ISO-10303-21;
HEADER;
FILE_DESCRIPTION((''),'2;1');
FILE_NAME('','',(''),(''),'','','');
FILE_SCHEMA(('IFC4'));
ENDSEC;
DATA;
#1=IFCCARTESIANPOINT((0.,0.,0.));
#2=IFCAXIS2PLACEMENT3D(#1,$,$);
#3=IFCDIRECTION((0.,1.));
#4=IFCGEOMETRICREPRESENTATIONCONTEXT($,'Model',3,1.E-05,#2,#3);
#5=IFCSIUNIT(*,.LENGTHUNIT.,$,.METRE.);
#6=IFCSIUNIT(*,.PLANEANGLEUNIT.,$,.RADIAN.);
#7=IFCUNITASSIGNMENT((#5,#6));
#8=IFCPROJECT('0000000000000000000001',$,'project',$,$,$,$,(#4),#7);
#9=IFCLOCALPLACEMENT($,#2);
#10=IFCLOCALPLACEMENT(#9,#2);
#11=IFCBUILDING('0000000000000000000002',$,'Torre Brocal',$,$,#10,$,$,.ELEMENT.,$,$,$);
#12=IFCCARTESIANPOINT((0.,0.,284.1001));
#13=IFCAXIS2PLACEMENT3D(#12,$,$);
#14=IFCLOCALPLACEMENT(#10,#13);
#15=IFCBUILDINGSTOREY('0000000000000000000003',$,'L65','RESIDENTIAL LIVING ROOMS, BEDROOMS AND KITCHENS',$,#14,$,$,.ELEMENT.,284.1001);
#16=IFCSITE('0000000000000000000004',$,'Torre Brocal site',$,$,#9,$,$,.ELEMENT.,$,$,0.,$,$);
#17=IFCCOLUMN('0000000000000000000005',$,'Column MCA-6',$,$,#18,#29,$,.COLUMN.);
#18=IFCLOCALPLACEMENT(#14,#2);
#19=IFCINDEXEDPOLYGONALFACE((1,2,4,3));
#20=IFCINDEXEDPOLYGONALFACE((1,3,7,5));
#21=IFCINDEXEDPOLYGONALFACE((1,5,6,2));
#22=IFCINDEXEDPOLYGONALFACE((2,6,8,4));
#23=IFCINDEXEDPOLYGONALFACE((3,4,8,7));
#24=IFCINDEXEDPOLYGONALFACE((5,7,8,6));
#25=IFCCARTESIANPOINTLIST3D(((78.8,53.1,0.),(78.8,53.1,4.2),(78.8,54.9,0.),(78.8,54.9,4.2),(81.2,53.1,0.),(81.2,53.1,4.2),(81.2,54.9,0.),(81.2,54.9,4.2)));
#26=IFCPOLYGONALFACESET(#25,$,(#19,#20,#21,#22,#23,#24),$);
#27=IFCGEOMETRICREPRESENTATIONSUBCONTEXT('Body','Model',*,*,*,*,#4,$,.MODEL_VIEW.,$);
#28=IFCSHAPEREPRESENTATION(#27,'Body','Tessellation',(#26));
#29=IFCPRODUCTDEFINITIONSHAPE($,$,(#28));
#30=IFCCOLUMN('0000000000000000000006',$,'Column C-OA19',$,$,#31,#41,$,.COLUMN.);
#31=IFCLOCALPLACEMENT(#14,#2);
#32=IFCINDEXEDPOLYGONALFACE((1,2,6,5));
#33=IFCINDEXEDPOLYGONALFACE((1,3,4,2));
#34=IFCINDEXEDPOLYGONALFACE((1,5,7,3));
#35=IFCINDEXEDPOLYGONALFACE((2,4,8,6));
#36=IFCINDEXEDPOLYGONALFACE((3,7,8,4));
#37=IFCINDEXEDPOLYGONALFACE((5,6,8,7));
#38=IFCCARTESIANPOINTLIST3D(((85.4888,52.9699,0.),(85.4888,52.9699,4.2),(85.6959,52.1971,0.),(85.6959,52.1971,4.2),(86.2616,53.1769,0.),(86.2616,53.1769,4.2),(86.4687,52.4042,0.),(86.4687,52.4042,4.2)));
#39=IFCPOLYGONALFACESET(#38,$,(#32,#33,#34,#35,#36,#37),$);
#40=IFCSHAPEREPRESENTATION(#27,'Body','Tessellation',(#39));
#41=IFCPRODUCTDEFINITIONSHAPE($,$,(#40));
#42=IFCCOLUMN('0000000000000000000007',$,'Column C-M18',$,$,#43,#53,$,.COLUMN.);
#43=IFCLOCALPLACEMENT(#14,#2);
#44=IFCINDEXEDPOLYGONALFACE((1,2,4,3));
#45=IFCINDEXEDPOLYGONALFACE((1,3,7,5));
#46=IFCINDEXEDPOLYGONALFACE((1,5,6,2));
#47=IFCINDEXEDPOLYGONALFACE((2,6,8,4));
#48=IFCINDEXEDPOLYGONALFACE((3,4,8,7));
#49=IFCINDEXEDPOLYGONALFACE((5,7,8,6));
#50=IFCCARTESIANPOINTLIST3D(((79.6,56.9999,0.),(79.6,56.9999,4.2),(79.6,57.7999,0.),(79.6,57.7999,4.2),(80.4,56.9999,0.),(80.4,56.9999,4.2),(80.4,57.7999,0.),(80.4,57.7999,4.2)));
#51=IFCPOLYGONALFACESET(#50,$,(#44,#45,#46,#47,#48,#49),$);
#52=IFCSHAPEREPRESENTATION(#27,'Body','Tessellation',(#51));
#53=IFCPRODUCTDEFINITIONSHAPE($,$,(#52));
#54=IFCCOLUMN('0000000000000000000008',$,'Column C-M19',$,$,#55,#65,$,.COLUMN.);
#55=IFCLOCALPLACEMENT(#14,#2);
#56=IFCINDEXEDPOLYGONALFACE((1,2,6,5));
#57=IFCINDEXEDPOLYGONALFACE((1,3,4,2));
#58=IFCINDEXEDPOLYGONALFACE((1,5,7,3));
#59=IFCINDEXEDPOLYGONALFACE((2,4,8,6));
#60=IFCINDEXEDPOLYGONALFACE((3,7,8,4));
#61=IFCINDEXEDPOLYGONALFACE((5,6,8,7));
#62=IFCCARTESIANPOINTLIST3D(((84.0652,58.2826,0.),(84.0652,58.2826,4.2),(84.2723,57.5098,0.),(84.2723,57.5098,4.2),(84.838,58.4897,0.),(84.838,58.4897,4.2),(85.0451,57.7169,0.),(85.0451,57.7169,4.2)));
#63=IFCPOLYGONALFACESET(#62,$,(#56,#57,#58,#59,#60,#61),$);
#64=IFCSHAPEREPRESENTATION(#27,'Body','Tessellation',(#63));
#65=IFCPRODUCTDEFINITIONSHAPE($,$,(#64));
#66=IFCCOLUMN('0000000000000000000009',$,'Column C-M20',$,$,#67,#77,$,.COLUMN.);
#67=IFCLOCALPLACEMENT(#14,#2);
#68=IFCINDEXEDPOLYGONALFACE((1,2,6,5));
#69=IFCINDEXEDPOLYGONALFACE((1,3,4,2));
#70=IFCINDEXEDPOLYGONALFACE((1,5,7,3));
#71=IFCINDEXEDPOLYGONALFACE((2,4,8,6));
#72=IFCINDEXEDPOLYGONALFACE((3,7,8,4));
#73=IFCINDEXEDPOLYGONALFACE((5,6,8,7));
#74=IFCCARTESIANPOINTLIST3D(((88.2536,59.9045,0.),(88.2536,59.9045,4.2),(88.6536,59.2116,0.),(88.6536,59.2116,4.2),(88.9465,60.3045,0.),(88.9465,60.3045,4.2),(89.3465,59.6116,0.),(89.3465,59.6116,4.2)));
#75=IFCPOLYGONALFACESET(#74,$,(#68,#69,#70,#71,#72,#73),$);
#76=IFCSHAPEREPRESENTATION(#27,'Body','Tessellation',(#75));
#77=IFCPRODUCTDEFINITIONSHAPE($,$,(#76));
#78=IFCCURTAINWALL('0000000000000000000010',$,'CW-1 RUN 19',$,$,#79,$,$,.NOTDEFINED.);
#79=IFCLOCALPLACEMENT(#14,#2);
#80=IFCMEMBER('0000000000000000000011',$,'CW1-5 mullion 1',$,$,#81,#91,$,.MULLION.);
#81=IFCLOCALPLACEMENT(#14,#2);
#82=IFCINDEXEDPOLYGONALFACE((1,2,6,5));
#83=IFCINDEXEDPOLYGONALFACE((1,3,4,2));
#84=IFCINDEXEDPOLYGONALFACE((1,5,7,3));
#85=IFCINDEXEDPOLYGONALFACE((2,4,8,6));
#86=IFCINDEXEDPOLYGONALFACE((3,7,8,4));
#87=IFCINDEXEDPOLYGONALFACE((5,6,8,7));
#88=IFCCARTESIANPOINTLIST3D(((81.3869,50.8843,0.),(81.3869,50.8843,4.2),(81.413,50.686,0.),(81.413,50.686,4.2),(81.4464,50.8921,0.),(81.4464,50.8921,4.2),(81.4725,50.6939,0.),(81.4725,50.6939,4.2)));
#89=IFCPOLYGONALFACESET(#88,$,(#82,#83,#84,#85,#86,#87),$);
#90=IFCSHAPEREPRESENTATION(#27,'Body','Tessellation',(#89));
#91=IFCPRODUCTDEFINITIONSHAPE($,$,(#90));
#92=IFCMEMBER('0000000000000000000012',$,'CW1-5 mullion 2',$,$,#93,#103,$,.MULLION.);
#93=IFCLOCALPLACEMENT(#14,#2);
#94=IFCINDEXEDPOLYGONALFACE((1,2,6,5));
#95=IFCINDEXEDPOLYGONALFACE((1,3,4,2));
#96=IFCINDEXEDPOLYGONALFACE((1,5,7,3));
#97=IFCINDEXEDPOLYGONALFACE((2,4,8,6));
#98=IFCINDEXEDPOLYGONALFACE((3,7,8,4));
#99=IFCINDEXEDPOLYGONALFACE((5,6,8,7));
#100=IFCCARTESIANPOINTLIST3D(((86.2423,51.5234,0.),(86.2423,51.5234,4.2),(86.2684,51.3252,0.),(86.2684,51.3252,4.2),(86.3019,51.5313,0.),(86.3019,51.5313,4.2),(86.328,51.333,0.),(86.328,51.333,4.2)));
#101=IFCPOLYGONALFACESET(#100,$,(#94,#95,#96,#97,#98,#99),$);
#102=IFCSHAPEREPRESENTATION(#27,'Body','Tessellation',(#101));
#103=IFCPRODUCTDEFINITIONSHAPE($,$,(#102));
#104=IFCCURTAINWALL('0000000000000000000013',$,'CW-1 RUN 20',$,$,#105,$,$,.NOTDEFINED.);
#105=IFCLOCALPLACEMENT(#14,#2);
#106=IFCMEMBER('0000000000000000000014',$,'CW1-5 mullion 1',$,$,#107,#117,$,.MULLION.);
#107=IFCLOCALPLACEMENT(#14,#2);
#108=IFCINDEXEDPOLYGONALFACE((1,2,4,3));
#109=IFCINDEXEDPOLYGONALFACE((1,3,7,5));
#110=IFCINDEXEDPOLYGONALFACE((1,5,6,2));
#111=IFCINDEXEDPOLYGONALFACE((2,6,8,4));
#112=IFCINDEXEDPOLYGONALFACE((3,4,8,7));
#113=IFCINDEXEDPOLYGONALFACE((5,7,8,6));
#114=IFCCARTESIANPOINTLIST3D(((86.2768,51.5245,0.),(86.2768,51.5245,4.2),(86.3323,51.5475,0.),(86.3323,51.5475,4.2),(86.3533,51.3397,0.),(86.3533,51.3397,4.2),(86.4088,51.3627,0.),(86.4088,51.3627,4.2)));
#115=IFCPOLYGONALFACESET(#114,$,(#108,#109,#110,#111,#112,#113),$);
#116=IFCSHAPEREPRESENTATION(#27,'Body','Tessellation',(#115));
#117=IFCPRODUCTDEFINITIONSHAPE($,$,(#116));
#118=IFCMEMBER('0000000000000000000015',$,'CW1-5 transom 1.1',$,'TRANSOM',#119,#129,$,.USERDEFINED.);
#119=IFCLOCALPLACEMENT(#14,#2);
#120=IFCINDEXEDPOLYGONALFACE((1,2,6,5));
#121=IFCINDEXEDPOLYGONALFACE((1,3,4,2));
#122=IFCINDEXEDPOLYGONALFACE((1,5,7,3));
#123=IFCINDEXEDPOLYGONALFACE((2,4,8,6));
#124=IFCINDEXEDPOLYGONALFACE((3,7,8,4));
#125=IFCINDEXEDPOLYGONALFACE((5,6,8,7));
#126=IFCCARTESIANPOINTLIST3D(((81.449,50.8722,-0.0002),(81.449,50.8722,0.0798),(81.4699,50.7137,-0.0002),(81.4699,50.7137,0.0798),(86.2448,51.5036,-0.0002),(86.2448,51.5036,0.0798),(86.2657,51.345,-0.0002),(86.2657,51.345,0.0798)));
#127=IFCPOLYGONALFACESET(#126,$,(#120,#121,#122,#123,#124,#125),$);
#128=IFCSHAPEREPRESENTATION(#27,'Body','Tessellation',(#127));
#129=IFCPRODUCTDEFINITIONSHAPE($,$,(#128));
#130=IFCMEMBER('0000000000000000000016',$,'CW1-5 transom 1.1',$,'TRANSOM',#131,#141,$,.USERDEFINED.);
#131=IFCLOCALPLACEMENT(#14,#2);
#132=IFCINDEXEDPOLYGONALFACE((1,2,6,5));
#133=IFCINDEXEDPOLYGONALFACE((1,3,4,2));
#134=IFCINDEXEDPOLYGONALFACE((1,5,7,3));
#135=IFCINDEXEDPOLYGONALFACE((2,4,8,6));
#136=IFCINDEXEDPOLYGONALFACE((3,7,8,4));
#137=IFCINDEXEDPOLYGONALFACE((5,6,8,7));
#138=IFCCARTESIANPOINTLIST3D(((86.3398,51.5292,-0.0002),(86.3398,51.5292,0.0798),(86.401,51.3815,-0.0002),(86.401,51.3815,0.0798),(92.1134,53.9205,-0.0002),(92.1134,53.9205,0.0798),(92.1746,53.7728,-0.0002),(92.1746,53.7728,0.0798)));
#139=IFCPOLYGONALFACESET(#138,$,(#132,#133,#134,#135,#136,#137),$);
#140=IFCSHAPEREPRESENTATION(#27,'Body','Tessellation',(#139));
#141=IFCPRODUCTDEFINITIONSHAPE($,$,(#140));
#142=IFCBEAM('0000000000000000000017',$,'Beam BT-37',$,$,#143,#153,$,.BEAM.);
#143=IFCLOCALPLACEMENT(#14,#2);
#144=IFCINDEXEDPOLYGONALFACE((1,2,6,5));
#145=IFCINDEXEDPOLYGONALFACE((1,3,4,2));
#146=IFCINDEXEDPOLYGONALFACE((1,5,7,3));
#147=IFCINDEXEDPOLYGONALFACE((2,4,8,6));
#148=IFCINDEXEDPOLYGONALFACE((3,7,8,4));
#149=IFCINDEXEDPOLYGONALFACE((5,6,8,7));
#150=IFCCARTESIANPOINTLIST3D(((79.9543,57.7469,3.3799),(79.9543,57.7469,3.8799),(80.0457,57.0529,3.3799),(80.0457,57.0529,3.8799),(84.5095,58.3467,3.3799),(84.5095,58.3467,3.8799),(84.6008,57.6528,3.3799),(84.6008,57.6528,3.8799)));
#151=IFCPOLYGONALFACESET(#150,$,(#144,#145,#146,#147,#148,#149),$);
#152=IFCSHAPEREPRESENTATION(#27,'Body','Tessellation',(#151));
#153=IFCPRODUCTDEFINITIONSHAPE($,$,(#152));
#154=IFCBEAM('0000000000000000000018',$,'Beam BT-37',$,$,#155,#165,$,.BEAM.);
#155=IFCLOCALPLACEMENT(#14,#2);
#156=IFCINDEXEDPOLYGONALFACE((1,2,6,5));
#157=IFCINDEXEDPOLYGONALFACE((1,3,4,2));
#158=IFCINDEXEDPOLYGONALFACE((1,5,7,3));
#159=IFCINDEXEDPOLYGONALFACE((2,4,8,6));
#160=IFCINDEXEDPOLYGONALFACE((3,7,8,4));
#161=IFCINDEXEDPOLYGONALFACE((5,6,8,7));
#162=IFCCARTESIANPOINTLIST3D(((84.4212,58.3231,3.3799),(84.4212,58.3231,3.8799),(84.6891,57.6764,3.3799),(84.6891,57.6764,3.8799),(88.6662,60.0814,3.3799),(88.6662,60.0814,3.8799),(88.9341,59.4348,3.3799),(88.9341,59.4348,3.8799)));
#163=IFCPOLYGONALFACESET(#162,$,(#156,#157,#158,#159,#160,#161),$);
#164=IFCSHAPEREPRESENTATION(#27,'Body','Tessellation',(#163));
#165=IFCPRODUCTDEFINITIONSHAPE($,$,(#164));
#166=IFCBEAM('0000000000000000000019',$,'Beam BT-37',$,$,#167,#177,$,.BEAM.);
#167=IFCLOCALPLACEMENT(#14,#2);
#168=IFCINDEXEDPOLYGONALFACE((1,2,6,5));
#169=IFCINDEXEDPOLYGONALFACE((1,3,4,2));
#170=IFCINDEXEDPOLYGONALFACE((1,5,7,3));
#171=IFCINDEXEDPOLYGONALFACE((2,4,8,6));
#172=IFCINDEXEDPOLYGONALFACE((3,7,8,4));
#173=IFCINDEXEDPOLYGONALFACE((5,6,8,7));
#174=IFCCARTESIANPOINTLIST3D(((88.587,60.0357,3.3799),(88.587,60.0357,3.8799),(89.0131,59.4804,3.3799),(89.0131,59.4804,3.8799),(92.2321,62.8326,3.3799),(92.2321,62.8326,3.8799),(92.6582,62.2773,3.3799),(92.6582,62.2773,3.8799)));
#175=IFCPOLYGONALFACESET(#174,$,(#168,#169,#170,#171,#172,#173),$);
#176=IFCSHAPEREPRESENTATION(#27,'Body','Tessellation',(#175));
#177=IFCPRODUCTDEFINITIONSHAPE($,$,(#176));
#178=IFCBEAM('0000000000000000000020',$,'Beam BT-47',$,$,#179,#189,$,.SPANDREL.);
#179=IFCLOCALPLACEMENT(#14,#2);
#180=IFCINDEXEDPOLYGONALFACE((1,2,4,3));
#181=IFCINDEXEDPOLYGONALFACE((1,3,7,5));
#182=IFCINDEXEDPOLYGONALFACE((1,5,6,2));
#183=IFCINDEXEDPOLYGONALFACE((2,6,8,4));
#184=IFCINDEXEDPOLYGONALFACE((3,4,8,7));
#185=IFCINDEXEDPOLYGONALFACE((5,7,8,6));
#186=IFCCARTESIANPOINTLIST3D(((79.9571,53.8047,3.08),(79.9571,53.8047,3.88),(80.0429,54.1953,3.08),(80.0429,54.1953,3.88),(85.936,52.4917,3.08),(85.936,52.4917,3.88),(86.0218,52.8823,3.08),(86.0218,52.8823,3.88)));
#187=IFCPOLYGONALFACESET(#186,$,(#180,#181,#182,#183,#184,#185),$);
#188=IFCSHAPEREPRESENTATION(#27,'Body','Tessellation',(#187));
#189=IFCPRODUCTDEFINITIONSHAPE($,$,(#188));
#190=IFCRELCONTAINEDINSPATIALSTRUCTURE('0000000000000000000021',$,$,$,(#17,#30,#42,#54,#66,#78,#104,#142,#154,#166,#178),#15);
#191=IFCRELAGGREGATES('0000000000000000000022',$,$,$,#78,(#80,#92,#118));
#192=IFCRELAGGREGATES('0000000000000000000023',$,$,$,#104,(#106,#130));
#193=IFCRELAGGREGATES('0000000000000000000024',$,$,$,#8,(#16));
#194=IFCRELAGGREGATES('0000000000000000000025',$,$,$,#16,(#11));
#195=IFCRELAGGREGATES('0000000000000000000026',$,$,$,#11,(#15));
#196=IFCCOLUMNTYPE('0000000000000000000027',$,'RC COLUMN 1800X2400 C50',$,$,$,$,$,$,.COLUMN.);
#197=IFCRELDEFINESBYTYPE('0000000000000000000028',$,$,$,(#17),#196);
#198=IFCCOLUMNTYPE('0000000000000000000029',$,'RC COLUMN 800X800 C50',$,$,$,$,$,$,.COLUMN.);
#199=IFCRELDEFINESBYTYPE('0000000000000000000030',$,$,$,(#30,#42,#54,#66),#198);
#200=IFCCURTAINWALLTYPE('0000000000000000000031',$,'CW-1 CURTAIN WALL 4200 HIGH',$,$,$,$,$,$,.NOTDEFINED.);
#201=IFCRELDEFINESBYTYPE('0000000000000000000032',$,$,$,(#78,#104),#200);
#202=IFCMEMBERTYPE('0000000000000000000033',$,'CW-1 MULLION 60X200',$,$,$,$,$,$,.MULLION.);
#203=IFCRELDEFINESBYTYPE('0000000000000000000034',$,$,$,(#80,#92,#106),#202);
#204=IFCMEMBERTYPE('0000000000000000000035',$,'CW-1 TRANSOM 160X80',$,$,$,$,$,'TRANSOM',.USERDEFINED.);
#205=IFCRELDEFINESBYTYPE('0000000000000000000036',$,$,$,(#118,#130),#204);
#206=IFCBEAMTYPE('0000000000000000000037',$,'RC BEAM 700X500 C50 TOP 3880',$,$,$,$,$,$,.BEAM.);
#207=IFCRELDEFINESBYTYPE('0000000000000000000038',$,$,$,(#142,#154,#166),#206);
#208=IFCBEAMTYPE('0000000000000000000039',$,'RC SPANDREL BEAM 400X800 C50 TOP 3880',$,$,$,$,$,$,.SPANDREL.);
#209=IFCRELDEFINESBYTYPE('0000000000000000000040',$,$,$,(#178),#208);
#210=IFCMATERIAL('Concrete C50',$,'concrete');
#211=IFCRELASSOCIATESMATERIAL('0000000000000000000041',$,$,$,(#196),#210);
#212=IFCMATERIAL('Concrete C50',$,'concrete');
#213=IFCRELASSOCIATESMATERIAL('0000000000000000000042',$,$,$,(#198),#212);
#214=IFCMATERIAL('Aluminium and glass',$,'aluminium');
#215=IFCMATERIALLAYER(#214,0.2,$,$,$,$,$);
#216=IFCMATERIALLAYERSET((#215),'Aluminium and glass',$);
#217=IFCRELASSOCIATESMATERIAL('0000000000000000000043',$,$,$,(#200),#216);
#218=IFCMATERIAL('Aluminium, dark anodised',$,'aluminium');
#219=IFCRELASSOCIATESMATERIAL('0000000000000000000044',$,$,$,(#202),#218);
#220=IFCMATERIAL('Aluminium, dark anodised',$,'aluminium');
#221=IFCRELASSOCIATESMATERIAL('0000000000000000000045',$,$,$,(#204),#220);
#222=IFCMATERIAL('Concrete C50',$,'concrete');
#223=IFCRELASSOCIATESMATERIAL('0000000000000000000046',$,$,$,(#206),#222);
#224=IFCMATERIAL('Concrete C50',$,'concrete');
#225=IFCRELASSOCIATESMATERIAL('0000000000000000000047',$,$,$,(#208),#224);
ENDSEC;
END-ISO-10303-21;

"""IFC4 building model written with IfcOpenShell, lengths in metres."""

from ifc_helpers import new_model, si_unit, direction, frame, origin, origin_2d, place, context, subcontext, project, spatial, rectangle, extrude, material, layer, layer_set, material_profile, profile_set, type_object, element, aggregate, save


model = new_model("IFC4")

# Units and contexts
model_context = context("Model", 3, precision=1e-05, world=origin(), true_north=direction((0.0, 1.0)))
body_context = subcontext(model_context, "Body", "Model", "MODEL_VIEW")
ifc_project = project(units=[si_unit("LENGTHUNIT", "METRE"), si_unit("PLANEANGLEUNIT", "RADIAN")], contexts=[model_context])

# Site, building, storey
site_placement = place(None, origin())
site = spatial("IfcSite", under=ifc_project, at=site_placement, Name="Torre Brocal site", CompositionType="ELEMENT", RefElevation=0.0)
building_placement = place(site_placement, origin())
building = spatial("IfcBuilding", under=site, at=building_placement, Name="Torre Brocal", CompositionType="ELEMENT")
storey_placement = place(building_placement, frame((0.0, 0.0, 284.1001)))
storey = spatial("IfcBuildingStorey", under=building, at=storey_placement, Name="L65", Description="RESIDENTIAL LIVING ROOMS, BEDROOMS AND KITCHENS", CompositionType="ELEMENT", Elevation=284.1001)

# Columns
ifc_material_1 = material(Name="Concrete C50", Category="concrete")
ifc_material_profile_1 = material_profile(ifc_material_1, rectangle(XDim=1.8, YDim=2.3999, at=origin_2d()), Name="RC 1800X2400")
ifc_profile_set_1 = profile_set([ifc_material_profile_1], Name="Concrete C50")
column_type_1 = type_object("IfcColumnType", Name="RC COLUMN 1800X2400 C50", PredefinedType="COLUMN", material=ifc_profile_set_1)
column_placement = place(storey_placement, frame((80.0, 54.0, 0.0), z_axis=(0.0, 0.0, 1.0), x_axis=(0.0, -1.0, 0.0)))
element("IfcColumn", 1, at=column_placement, inside=storey, type_object=column_type_1, Name="Column MCA-6", PredefinedType="COLUMN", context=body_context, shape_type="SweptSolid", body=[
    extrude(rectangle(XDim=1.8, YDim=2.3999, at=origin_2d()), origin(), (0.0, 0.0, 1.0), 4.2),
])
ifc_material_2 = material(Name="Concrete C50", Category="concrete")
ifc_material_profile_2 = material_profile(ifc_material_2, rectangle(XDim=0.8, YDim=0.8, at=origin_2d()), Name="RC 800X800")
ifc_profile_set_2 = profile_set([ifc_material_profile_2], Name="Concrete C50")
column_type_2 = type_object("IfcColumnType", Name="RC COLUMN 800X800 C50", PredefinedType="COLUMN", material=ifc_profile_set_2)
for number, where, z_axis, x_axis, name in (
    (2, (85.9788, 52.687, 0.0), (0.0, 0.0, 1.0), (0.258819, -0.965926, 0.0), "Column C-OA19"),
    (3, (80.0, 57.3999, 0.0), (0.0, 0.0, 1.0), (0.0, -1.0, 0.0), "Column C-M18"),
    (4, (84.5552, 57.9998, 0.0), (0.0, 0.0, 1.0), (0.258819, -0.965926, 0.0), "Column C-M19"),
    (5, (88.8, 59.7581, 0.0), (0.0, 0.0, 1.0), (0.5, -0.866025, 0.0), "Column C-M20"),
):
    element("IfcColumn", number, at=place(storey_placement, frame(where, z_axis=z_axis, x_axis=x_axis)), inside=storey, type_object=column_type_2, Name=name, PredefinedType="COLUMN", context=body_context, shape_type="SweptSolid", body=[
        extrude(rectangle(XDim=0.8, YDim=0.8, at=origin_2d()), origin(), (0.0, 0.0, 1.0), 4.2),
    ])

# Curtain wall, members
ifc_material_3 = material(Name="Aluminium and glass", Category="aluminium")
ifc_layer_1 = layer(ifc_material_3, 0.2)
ifc_layer_set_1 = layer_set([ifc_layer_1], Name="Aluminium and glass")
curtain_wall_type = type_object("IfcCurtainWallType", Name="CW-1 CURTAIN WALL 4200 HIGH", PredefinedType="NOTDEFINED", material=ifc_layer_set_1)
curtain_wall_1_placement = place(storey_placement, origin())
curtain_wall_1 = element("IfcCurtainWall", 6, at=curtain_wall_1_placement, inside=storey, type_object=curtain_wall_type, Name="CW-1 RUN 19", PredefinedType="NOTDEFINED")
ifc_material_4 = material(Name="Aluminium, dark anodised", Category="aluminium")
ifc_material_profile_3 = material_profile(ifc_material_4, rectangle(XDim=0.2, YDim=0.0601, at=origin_2d()), Name="CW-1 MULLION 60X200")
ifc_profile_set_3 = profile_set([ifc_material_profile_3], Name="Aluminium, dark anodised")
member_type_1 = type_object("IfcMemberType", Name="CW-1 MULLION 60X200", PredefinedType="MULLION", material=ifc_profile_set_3)
member_1_placement = place(storey_placement, frame((81.4297, 50.7891, 0.0), z_axis=(0.0, 0.0, 1.0), x_axis=(-0.130526, 0.991445, 0.0)))
member_1 = element("IfcMember", 7, at=member_1_placement, type_object=member_type_1, Name="CW1-5 mullion 1", PredefinedType="MULLION", context=body_context, shape_type="SweptSolid", body=[
    extrude(rectangle(XDim=0.2, YDim=0.0601, at=origin_2d()), origin(), (0.0, 0.0, 1.0), 4.2),
])
member_2_placement = place(storey_placement, frame((86.2852, 51.4282, 0.0), z_axis=(0.0, 0.0, 1.0), x_axis=(-0.130526, 0.991445, 0.0)))
member_2 = element("IfcMember", 8, at=member_2_placement, type_object=member_type_1, Name="CW1-5 mullion 2", PredefinedType="MULLION", context=body_context, shape_type="SweptSolid", body=[
    extrude(rectangle(XDim=0.2, YDim=0.0601, at=origin_2d()), origin(), (0.0, 0.0, 1.0), 4.2),
])

# Curtain wall, member
curtain_wall_2_placement = place(storey_placement, origin())
curtain_wall_2 = element("IfcCurtainWall", 9, at=curtain_wall_2_placement, inside=storey, type_object=curtain_wall_type, Name="CW-1 RUN 20", PredefinedType="NOTDEFINED")
member_3_placement = place(storey_placement, frame((86.3428, 51.4436, 0.0), z_axis=(0.0, 0.0, 1.0), x_axis=(-0.382683, 0.92388, 0.0)))
member_3 = element("IfcMember", 10, at=member_3_placement, type_object=member_type_1, Name="CW1-5 mullion 1", PredefinedType="MULLION", context=body_context, shape_type="SweptSolid", body=[
    extrude(rectangle(XDim=0.2, YDim=0.0601, at=origin_2d()), origin(), (0.0, 0.0, 1.0), 4.2),
])

# Members
ifc_material_5 = material(Name="Aluminium, dark anodised", Category="aluminium")
ifc_material_profile_4 = material_profile(ifc_material_5, rectangle(XDim=0.1599, YDim=0.0801, at=origin_2d()), Name="CW-1 TRANSOM 160X80")
ifc_profile_set_4 = profile_set([ifc_material_profile_4], Name="Aluminium, dark anodised")
member_type_2 = type_object("IfcMemberType", Name="CW-1 TRANSOM 160X80", ElementType="TRANSOM", PredefinedType="USERDEFINED", material=ifc_profile_set_4)
member_4_placement = place(storey_placement, frame((81.4595, 50.793, 0.0398), z_axis=(0.991446, 0.130517, 0.0), x_axis=(-0.130517, 0.991446, 0.0)))
member_4 = element("IfcMember", 11, at=member_4_placement, type_object=member_type_2, Name="CW1-5 transom 1.1", ObjectType="TRANSOM", PredefinedType="USERDEFINED", context=body_context, shape_type="SweptSolid", body=[
    extrude(rectangle(XDim=0.1599, YDim=0.0801, at=origin_2d()), origin(), (0.0, 0.0, 1.0), 4.8372),
])
member_5_placement = place(storey_placement, frame((86.3704, 51.4553, 0.0398), z_axis=(0.92389, 0.382659, 0.0), x_axis=(-0.382659, 0.92389, 0.0)))
member_5 = element("IfcMember", 12, at=member_5_placement, type_object=member_type_2, Name="CW1-5 transom 1.1", ObjectType="TRANSOM", PredefinedType="USERDEFINED", context=body_context, shape_type="SweptSolid", body=[
    extrude(rectangle(XDim=0.1599, YDim=0.0801, at=origin_2d()), origin(), (0.0, 0.0, 1.0), 6.2493),
])

# Beams
ifc_material_6 = material(Name="Concrete C50", Category="concrete")
ifc_material_profile_5 = material_profile(ifc_material_6, rectangle(XDim=0.7, YDim=0.5, at=origin_2d()), Name="RC 700X500")
ifc_profile_set_5 = profile_set([ifc_material_profile_5], Name="Concrete C50")
beam_type_1 = type_object("IfcBeamType", Name="RC BEAM 700X500 C50 TOP 3880", PredefinedType="BEAM", material=ifc_profile_set_5)
beam_1_placement = place(storey_placement, frame((80.0, 57.3999, 3.6299), z_axis=(0.991441, 0.130559, 0.0), x_axis=(-0.130559, 0.991441, 0.0)))
element("IfcBeam", 13, at=beam_1_placement, inside=storey, type_object=beam_type_1, Name="Beam BT-37", PredefinedType="BEAM", context=body_context, shape_type="SweptSolid", body=[
    extrude(rectangle(XDim=0.7, YDim=0.5, at=origin_2d()), origin(), (0.0, 0.0, 1.0), 4.5945),
])
beam_2_placement = place(storey_placement, frame((84.5552, 57.9998, 3.6299), z_axis=(0.923878, 0.382687, 0.0), x_axis=(-0.382687, 0.923878, 0.0)))
element("IfcBeam", 14, at=beam_2_placement, inside=storey, type_object=beam_type_1, Name="Beam BT-37", PredefinedType="BEAM", context=body_context, shape_type="SweptSolid", body=[
    extrude(rectangle(XDim=0.7, YDim=0.5, at=origin_2d()), origin(), (0.0, 0.0, 1.0), 4.5947),
])
beam_3_placement = place(storey_placement, frame((88.8, 59.7581, 3.6299), z_axis=(0.793358, 0.608755, 0.0), x_axis=(-0.608755, 0.793358, 0.0)))
element("IfcBeam", 15, at=beam_3_placement, inside=storey, type_object=beam_type_1, Name="Beam BT-37", PredefinedType="BEAM", context=body_context, shape_type="SweptSolid", body=[
    extrude(rectangle(XDim=0.7, YDim=0.5, at=origin_2d()), origin(), (0.0, 0.0, 1.0), 4.5945),
])
ifc_material_7 = material(Name="Concrete C50", Category="concrete")
ifc_material_profile_6 = material_profile(ifc_material_7, rectangle(XDim=0.3999, YDim=0.8, at=origin_2d()), Name="RC 400X800")
ifc_profile_set_6 = profile_set([ifc_material_profile_6], Name="Concrete C50")
beam_type_2 = type_object("IfcBeamType", Name="RC SPANDREL BEAM 400X800 C50 TOP 3880", PredefinedType="SPANDREL", material=ifc_profile_set_6)
beam_4_placement = place(storey_placement, frame((80.0, 54.0, 3.48), z_axis=(0.976725, -0.214497, 0.0), x_axis=(0.214497, 0.976725, 0.0)))
element("IfcBeam", 16, at=beam_4_placement, inside=storey, type_object=beam_type_2, Name="Beam BT-47", PredefinedType="SPANDREL", context=body_context, shape_type="SweptSolid", body=[
    extrude(rectangle(XDim=0.3999, YDim=0.8, at=origin_2d()), origin(), (0.0, 0.0, 1.0), 6.1213),
])

aggregate(curtain_wall_1, [member_1, member_2, member_4])
aggregate(curtain_wall_2, [member_3, member_5])

save(model, "model.ifc")
